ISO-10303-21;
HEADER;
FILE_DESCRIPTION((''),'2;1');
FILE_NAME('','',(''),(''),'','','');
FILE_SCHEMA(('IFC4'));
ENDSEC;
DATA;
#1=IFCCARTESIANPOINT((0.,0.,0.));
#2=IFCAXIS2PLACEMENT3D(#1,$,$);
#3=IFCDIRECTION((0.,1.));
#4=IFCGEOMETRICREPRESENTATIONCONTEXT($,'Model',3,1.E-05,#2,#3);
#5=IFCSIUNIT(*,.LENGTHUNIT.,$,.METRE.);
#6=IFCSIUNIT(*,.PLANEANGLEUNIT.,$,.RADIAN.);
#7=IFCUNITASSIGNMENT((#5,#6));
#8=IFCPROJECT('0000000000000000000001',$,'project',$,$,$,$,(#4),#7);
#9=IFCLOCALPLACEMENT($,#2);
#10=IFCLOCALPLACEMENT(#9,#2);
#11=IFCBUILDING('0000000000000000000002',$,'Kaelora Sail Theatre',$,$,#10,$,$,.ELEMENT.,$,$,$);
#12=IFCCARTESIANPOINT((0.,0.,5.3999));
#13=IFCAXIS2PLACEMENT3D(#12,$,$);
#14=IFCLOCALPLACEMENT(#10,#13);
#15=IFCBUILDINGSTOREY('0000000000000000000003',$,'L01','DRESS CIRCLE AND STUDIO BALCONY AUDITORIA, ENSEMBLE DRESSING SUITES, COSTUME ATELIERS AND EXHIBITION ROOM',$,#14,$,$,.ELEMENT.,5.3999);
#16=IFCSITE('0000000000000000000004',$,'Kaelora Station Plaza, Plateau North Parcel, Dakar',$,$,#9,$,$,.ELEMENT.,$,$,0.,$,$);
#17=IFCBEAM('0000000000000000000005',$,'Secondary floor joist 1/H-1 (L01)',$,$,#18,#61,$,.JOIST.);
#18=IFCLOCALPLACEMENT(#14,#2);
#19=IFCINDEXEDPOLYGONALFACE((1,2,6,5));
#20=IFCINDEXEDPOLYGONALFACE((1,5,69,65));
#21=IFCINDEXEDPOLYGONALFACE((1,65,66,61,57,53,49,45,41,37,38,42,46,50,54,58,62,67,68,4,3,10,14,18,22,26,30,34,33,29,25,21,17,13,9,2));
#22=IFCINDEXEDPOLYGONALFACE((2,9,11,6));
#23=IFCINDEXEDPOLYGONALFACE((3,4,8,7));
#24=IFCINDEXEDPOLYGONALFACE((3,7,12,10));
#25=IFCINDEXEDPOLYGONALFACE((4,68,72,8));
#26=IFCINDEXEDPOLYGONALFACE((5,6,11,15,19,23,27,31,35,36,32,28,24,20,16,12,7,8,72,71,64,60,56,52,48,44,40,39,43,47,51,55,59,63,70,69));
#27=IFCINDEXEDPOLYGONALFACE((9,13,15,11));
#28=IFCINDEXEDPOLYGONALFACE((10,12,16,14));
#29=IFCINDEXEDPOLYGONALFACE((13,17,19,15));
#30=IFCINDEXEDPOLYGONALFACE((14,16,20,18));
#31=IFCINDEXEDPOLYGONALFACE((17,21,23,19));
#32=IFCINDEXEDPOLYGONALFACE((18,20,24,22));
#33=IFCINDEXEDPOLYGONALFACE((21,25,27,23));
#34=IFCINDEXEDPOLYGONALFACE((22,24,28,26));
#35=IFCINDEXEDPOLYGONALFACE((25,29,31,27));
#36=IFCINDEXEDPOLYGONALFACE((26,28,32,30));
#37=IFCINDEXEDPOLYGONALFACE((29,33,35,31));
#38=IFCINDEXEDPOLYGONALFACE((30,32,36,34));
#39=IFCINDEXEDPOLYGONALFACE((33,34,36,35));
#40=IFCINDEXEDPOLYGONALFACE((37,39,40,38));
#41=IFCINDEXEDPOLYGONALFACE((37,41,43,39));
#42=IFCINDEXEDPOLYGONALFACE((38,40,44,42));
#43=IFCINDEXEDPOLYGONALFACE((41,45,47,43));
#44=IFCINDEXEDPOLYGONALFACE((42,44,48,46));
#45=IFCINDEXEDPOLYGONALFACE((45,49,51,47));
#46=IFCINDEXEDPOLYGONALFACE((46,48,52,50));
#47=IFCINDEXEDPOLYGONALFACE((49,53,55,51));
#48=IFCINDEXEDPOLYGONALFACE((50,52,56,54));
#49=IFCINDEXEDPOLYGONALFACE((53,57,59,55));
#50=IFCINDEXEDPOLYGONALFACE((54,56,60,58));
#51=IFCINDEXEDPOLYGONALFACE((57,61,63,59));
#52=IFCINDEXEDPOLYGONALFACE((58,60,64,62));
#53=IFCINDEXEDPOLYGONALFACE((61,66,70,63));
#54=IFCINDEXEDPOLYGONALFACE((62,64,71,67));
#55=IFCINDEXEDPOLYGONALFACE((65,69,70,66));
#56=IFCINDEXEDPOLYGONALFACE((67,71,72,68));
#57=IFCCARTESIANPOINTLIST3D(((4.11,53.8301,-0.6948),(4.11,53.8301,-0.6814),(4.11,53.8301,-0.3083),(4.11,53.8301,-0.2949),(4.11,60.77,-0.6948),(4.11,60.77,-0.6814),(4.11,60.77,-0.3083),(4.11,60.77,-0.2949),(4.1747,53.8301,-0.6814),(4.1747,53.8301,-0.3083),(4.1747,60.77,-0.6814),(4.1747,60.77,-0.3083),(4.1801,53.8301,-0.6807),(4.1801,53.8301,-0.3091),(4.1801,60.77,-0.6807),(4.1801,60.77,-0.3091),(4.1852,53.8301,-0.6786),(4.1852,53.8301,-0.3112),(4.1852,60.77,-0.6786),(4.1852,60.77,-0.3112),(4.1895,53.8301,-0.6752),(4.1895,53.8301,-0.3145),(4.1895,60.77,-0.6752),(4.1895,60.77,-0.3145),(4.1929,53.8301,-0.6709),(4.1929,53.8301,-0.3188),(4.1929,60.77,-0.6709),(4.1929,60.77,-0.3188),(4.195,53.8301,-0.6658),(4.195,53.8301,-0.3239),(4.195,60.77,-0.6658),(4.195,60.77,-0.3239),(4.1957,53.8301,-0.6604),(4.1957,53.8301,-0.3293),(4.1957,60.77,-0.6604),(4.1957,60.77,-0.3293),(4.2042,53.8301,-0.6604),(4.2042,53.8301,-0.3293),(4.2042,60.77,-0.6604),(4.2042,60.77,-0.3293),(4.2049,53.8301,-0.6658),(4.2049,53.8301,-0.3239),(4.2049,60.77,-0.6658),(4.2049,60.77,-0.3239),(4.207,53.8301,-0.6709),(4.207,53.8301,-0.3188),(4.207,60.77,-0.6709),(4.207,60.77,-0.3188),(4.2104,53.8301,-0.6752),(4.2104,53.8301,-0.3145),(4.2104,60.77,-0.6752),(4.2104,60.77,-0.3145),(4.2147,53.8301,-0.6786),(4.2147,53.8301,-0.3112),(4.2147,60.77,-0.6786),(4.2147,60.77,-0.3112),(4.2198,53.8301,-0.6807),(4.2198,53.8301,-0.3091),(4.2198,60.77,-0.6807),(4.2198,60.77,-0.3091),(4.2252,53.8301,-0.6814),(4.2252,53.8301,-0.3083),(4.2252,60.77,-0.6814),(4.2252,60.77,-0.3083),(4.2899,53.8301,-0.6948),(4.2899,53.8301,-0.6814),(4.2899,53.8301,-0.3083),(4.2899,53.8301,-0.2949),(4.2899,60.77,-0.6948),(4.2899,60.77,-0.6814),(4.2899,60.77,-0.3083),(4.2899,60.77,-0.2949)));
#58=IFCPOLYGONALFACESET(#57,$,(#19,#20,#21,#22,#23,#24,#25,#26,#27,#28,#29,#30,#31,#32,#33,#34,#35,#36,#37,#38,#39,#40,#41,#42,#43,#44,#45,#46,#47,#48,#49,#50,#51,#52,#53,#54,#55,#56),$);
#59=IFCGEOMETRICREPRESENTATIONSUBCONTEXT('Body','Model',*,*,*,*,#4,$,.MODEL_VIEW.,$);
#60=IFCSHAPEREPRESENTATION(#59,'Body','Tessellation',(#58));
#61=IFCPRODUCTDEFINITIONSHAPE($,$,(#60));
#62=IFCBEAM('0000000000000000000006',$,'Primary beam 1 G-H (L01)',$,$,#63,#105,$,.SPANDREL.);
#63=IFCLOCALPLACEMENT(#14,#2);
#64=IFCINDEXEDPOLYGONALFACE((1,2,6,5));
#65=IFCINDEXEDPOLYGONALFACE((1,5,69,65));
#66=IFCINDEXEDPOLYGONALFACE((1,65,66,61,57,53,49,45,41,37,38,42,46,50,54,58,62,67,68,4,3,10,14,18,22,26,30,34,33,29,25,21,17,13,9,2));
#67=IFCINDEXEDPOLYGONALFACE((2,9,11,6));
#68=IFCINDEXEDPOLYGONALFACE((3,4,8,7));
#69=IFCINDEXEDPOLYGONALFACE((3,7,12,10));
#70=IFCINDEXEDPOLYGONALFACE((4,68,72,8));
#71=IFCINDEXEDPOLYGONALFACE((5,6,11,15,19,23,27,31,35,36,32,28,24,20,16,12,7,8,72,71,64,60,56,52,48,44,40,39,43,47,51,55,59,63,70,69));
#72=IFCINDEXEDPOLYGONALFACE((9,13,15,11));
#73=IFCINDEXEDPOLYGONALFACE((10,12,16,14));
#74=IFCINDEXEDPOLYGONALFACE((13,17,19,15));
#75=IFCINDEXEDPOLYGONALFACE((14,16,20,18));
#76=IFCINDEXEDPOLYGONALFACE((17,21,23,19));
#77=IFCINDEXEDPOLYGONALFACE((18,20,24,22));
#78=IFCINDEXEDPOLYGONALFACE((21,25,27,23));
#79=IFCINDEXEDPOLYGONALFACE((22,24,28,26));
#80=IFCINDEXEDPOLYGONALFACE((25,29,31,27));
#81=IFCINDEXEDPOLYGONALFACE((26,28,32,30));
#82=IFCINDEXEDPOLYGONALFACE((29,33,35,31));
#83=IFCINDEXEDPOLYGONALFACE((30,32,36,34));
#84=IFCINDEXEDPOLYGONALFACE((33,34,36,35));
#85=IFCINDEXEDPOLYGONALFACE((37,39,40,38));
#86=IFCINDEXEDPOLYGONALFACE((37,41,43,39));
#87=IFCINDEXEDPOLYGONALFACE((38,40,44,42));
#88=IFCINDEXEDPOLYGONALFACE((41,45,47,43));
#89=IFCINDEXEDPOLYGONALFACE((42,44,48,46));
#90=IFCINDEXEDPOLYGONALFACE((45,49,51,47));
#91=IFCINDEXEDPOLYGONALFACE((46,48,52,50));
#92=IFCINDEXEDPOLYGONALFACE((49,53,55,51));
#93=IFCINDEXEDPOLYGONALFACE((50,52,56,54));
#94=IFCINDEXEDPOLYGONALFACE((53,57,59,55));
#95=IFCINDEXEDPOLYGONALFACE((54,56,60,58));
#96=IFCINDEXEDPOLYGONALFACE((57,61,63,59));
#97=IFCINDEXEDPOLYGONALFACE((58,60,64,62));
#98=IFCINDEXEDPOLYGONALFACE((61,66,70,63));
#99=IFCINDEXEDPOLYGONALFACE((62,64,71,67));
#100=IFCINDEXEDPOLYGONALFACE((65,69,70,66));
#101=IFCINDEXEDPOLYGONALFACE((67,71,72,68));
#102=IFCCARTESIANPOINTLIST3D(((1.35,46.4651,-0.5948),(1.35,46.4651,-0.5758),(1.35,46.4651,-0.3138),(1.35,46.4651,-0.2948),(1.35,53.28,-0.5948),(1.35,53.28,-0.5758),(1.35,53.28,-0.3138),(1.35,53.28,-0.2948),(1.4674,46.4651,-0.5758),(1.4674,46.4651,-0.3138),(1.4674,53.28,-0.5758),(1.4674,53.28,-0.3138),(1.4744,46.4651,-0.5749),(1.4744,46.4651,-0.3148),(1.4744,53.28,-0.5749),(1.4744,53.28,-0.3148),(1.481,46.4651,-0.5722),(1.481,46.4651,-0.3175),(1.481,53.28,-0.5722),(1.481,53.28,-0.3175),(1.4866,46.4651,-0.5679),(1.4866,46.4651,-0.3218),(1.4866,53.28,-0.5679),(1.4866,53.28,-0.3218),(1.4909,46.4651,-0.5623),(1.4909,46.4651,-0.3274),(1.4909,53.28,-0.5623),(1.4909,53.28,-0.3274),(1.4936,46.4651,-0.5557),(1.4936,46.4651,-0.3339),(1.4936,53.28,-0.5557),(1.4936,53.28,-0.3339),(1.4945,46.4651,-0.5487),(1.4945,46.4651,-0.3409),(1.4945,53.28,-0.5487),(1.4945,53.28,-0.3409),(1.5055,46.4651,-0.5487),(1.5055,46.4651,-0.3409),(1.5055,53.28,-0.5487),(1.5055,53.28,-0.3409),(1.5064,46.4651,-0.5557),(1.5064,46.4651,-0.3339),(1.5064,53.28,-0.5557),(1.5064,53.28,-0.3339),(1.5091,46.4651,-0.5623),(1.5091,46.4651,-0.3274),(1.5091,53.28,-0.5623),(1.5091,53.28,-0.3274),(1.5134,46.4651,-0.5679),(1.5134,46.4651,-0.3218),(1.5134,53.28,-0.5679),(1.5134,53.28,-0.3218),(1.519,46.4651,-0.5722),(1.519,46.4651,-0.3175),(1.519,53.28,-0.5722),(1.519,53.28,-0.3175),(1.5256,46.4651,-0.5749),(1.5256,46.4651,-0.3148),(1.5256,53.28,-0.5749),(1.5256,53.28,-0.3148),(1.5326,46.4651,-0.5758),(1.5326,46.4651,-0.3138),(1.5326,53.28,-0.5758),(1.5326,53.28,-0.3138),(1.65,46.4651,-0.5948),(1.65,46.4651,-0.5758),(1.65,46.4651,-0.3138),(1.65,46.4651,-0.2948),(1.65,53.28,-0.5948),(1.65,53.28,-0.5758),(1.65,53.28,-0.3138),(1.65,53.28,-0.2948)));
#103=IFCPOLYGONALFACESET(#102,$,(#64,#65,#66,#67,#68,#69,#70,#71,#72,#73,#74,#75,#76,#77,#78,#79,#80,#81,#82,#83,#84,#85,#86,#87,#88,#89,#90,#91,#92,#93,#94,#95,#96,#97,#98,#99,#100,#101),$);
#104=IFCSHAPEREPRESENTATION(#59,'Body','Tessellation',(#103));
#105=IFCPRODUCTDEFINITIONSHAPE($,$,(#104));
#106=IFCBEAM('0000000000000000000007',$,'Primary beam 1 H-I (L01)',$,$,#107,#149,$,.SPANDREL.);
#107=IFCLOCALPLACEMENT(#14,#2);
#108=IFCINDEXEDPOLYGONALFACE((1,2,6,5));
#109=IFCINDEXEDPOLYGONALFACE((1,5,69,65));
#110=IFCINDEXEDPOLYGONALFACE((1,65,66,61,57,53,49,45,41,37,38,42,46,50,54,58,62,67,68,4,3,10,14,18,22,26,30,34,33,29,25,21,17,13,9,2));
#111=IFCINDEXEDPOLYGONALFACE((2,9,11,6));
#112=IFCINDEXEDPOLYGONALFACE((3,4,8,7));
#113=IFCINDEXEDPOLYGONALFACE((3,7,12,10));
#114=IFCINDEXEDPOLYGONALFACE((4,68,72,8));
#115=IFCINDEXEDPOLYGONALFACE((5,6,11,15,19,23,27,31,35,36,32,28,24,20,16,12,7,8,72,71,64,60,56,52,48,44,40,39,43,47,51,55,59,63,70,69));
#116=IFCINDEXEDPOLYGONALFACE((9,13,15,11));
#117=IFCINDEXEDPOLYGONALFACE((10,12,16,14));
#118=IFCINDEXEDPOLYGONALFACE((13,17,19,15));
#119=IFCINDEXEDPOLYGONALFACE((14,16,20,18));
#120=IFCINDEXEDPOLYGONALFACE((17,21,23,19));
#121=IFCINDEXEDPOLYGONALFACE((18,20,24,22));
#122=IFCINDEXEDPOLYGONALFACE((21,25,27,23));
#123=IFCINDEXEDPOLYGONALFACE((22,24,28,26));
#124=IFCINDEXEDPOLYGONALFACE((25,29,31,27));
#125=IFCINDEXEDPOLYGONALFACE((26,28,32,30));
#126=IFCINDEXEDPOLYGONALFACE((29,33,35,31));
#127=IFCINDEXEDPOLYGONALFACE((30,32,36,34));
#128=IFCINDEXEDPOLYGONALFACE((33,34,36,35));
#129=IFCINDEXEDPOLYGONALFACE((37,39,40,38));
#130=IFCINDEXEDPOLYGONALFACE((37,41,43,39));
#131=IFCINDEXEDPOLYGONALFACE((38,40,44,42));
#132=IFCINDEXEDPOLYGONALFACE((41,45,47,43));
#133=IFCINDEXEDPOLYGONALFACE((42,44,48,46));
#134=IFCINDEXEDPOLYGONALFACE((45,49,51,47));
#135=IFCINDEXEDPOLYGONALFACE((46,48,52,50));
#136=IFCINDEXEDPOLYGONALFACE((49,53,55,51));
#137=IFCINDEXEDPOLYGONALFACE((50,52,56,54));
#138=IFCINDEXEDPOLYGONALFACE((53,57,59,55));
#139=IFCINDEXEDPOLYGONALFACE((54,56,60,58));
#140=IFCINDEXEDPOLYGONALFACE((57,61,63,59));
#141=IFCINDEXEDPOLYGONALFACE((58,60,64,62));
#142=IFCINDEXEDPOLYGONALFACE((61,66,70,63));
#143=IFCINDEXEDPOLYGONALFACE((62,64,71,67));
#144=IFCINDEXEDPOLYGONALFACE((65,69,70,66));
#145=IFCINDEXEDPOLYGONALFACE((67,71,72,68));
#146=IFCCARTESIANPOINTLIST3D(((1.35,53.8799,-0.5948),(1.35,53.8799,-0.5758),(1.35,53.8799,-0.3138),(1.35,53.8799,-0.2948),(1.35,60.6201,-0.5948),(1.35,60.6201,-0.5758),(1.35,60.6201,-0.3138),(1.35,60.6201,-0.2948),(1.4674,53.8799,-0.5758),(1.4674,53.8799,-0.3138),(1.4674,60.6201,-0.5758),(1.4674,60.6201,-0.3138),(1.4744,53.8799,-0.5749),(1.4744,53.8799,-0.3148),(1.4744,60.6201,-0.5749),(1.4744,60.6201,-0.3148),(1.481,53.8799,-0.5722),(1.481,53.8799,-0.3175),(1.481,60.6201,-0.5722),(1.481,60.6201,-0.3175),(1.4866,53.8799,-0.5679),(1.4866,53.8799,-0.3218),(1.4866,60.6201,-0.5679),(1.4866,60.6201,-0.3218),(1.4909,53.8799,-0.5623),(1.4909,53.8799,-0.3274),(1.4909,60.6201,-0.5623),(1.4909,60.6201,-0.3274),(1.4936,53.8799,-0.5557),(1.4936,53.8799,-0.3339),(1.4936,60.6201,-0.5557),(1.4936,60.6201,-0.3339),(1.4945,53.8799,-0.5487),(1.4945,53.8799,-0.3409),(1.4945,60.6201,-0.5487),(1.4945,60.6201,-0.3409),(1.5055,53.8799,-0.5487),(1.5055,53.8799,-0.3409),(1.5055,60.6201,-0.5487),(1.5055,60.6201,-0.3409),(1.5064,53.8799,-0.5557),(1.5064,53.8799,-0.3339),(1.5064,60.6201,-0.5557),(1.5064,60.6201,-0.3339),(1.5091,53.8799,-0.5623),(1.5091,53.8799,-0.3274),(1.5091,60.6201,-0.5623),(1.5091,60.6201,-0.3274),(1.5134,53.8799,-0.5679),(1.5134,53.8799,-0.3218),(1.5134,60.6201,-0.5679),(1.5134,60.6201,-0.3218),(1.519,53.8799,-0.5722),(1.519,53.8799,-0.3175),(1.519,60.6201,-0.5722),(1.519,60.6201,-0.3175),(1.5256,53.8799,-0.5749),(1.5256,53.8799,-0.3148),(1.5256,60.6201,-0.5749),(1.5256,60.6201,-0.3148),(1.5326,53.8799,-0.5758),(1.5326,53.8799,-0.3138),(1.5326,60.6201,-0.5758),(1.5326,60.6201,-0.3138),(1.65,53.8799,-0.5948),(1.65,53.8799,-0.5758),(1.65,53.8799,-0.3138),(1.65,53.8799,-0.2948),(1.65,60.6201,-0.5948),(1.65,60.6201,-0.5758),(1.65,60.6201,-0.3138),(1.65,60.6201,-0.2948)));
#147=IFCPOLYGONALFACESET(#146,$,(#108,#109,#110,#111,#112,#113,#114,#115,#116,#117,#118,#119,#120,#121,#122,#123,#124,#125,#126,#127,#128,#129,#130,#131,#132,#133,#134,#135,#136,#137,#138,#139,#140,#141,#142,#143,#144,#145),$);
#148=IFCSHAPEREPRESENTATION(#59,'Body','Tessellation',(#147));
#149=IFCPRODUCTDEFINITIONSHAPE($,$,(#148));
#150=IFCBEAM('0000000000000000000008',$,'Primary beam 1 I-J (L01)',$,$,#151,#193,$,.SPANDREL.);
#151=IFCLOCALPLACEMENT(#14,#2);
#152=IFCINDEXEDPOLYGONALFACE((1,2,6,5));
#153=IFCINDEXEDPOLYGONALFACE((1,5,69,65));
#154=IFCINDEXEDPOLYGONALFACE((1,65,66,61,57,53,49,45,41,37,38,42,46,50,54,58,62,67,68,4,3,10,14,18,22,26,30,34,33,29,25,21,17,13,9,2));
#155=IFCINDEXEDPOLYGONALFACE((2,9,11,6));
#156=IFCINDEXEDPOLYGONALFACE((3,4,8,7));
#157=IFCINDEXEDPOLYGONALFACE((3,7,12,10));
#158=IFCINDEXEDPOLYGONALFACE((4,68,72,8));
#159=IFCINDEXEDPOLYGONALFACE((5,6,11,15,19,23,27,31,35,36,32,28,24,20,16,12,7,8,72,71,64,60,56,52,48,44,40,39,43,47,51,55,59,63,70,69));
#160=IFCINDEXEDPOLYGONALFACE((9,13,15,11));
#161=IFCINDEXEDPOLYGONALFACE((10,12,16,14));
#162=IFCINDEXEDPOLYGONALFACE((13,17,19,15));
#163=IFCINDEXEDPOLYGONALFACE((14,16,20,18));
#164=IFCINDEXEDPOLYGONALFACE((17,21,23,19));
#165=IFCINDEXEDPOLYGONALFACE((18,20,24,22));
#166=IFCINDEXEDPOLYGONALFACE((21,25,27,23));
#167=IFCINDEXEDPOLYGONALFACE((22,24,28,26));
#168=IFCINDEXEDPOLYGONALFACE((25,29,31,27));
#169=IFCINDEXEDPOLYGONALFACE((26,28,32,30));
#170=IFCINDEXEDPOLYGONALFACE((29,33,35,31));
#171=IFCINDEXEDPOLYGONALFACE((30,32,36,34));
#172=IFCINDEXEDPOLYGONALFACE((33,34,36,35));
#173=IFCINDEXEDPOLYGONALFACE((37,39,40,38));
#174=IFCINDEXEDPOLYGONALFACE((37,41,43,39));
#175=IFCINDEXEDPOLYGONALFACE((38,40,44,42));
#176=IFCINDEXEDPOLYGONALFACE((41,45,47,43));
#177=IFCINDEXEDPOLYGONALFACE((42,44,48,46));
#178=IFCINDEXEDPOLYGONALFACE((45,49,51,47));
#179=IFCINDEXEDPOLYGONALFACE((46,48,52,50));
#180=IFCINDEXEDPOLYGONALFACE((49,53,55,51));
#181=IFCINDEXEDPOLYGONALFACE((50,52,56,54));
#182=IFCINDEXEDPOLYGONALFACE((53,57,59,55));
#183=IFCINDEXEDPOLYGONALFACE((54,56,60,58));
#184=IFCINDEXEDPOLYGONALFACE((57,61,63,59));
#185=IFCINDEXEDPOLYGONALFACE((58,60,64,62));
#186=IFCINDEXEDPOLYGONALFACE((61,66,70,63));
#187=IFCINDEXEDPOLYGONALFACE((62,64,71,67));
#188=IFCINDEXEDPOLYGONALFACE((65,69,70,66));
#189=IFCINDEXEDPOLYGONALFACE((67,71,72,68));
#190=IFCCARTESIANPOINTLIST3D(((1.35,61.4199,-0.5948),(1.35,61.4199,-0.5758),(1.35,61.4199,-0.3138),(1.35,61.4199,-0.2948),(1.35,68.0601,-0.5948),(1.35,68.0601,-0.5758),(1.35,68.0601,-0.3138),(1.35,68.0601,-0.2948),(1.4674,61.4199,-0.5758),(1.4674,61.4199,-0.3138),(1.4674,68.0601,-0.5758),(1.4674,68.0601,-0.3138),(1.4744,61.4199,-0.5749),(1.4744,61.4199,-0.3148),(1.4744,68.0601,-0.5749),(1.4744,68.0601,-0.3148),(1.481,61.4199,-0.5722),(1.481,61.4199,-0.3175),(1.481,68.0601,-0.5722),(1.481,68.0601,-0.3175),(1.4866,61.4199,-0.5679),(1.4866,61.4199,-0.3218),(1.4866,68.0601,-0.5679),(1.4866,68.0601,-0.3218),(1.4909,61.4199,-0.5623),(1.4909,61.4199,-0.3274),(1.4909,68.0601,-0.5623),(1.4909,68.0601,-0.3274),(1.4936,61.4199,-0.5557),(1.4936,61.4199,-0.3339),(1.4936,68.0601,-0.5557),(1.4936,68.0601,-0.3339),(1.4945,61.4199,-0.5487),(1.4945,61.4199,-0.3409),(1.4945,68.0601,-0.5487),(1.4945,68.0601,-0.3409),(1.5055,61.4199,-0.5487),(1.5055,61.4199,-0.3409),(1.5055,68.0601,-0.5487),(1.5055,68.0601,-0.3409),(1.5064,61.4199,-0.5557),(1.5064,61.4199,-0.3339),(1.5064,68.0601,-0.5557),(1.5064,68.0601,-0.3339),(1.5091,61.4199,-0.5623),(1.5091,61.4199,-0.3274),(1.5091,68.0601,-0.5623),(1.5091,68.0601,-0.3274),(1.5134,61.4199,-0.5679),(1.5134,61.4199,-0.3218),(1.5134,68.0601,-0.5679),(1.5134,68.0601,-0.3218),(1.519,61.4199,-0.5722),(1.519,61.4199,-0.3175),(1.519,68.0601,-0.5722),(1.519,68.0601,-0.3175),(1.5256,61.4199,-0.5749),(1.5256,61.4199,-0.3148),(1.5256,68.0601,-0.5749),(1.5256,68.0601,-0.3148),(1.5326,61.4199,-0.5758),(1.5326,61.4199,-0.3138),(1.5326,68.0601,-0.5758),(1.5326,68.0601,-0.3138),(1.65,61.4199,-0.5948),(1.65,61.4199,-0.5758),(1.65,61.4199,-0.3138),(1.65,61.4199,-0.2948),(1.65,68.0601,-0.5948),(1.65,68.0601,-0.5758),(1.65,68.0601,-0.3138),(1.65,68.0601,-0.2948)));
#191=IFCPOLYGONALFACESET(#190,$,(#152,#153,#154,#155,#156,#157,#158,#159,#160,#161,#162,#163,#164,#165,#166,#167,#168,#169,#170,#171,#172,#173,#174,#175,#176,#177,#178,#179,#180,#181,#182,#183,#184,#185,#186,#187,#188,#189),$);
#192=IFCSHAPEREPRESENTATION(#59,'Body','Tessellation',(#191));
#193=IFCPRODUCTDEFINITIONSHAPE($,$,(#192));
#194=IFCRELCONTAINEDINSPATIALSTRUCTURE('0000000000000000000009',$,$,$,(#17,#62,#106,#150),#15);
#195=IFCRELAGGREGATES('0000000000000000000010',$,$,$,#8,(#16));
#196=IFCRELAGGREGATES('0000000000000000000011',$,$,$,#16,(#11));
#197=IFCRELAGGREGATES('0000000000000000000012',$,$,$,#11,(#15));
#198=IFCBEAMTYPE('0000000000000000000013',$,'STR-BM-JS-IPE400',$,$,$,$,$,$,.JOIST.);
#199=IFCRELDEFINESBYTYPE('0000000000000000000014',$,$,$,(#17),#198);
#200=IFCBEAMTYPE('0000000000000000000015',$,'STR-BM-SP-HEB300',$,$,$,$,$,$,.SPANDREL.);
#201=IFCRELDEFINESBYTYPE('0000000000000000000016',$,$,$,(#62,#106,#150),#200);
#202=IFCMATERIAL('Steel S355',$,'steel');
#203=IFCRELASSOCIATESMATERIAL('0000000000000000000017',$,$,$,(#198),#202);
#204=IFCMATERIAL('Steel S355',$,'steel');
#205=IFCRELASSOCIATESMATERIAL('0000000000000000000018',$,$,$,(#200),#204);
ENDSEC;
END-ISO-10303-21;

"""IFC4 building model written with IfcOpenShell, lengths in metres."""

from ifc_helpers import new_model, si_unit, direction, frame, origin, origin_2d, place, context, subcontext, project, spatial, i_section, extrude, material, material_profile, profile_set, type_object, element, save


model = new_model("IFC4")

# Units and contexts
model_context = context("Model", 3, precision=1e-05, world=origin(), true_north=direction((0.0, 1.0)))
body_context = subcontext(model_context, "Body", "Model", "MODEL_VIEW")
ifc_project = project(units=[si_unit("LENGTHUNIT", "METRE"), si_unit("PLANEANGLEUNIT", "RADIAN")], contexts=[model_context])

# Site, building, storey
site_placement = place(None, origin())
site = spatial("IfcSite", under=ifc_project, at=site_placement, Name="Kaelora Station Plaza, Plateau North Parcel, Dakar", CompositionType="ELEMENT", RefElevation=0.0)
building_placement = place(site_placement, origin())
building = spatial("IfcBuilding", under=site, at=building_placement, Name="Kaelora Sail Theatre", CompositionType="ELEMENT")
storey_placement = place(building_placement, frame((0.0, 0.0, 5.3999)))
storey = spatial("IfcBuildingStorey", under=building, at=storey_placement, Name="L01", Description="DRESS CIRCLE AND STUDIO BALCONY AUDITORIA, ENSEMBLE DRESSING SUITES, COSTUME ATELIERS AND EXHIBITION ROOM", CompositionType="ELEMENT", Elevation=5.3999)

# Beams
ifc_material_1 = material(Name="Steel S355", Category="steel")
ifc_material_profile_1 = material_profile(ifc_material_1, i_section(OverallWidth=0.1799, OverallDepth=0.3999, WebThickness=0.0085, FlangeThickness=0.0134, FilletRadius=0.021, at=origin_2d()), Name="IPE 400")
ifc_profile_set_1 = profile_set([ifc_material_profile_1], Name="Steel S355")
beam_type_1 = type_object("IfcBeamType", Name="STR-BM-JS-IPE400", PredefinedType="JOIST", material=ifc_profile_set_1)
beam_1_placement = place(storey_placement, frame((4.2, 53.8301, -0.4949), z_axis=(0.0, 1.0, 0.0), x_axis=(-1.0, 0.0, 0.0)))
element("IfcBeam", 1, at=beam_1_placement, inside=storey, type_object=beam_type_1, Name="Secondary floor joist 1/H-1 (L01)", PredefinedType="JOIST", context=body_context, shape_type="SweptSolid", body=[
    extrude(i_section(OverallWidth=0.1799, OverallDepth=0.3999, WebThickness=0.0085, FlangeThickness=0.0134, FilletRadius=0.021, at=origin_2d()), origin(), (0.0, 0.0, 1.0), 6.9399),
])
ifc_material_2 = material(Name="Steel S355", Category="steel")
ifc_material_profile_2 = material_profile(ifc_material_2, i_section(OverallWidth=0.3, OverallDepth=0.3, WebThickness=0.011, FlangeThickness=0.019, FilletRadius=0.0271, at=origin_2d()), Name="HEB 300")
ifc_profile_set_2 = profile_set([ifc_material_profile_2], Name="Steel S355")
beam_type_2 = type_object("IfcBeamType", Name="STR-BM-SP-HEB300", PredefinedType="SPANDREL", material=ifc_profile_set_2)
beam_2_placement = place(storey_placement, frame((1.5, 46.4651, -0.4448), z_axis=(0.0, 1.0, 0.0), x_axis=(-1.0, 0.0, 0.0)))
element("IfcBeam", 2, at=beam_2_placement, inside=storey, type_object=beam_type_2, Name="Primary beam 1 G-H (L01)", PredefinedType="SPANDREL", context=body_context, shape_type="SweptSolid", body=[
    extrude(i_section(OverallWidth=0.3, OverallDepth=0.3, WebThickness=0.011, FlangeThickness=0.019, FilletRadius=0.0271, at=origin_2d()), origin(), (0.0, 0.0, 1.0), 6.8149),
])
beam_3_placement = place(storey_placement, frame((1.5, 53.8799, -0.4448), z_axis=(0.0, 1.0, 0.0), x_axis=(-1.0, 0.0, 0.0)))
element("IfcBeam", 3, at=beam_3_placement, inside=storey, type_object=beam_type_2, Name="Primary beam 1 H-I (L01)", PredefinedType="SPANDREL", context=body_context, shape_type="SweptSolid", body=[
    extrude(i_section(OverallWidth=0.3, OverallDepth=0.3, WebThickness=0.011, FlangeThickness=0.019, FilletRadius=0.0271, at=origin_2d()), origin(), (0.0, 0.0, 1.0), 6.7402),
])
beam_4_placement = place(storey_placement, frame((1.5, 61.4199, -0.4448), z_axis=(0.0, 1.0, 0.0), x_axis=(-1.0, 0.0, 0.0)))
element("IfcBeam", 4, at=beam_4_placement, inside=storey, type_object=beam_type_2, Name="Primary beam 1 I-J (L01)", PredefinedType="SPANDREL", context=body_context, shape_type="SweptSolid", body=[
    extrude(i_section(OverallWidth=0.3, OverallDepth=0.3, WebThickness=0.011, FlangeThickness=0.019, FilletRadius=0.0271, at=origin_2d()), origin(), (0.0, 0.0, 1.0), 6.6401),
])

save(model, "model.ifc")
